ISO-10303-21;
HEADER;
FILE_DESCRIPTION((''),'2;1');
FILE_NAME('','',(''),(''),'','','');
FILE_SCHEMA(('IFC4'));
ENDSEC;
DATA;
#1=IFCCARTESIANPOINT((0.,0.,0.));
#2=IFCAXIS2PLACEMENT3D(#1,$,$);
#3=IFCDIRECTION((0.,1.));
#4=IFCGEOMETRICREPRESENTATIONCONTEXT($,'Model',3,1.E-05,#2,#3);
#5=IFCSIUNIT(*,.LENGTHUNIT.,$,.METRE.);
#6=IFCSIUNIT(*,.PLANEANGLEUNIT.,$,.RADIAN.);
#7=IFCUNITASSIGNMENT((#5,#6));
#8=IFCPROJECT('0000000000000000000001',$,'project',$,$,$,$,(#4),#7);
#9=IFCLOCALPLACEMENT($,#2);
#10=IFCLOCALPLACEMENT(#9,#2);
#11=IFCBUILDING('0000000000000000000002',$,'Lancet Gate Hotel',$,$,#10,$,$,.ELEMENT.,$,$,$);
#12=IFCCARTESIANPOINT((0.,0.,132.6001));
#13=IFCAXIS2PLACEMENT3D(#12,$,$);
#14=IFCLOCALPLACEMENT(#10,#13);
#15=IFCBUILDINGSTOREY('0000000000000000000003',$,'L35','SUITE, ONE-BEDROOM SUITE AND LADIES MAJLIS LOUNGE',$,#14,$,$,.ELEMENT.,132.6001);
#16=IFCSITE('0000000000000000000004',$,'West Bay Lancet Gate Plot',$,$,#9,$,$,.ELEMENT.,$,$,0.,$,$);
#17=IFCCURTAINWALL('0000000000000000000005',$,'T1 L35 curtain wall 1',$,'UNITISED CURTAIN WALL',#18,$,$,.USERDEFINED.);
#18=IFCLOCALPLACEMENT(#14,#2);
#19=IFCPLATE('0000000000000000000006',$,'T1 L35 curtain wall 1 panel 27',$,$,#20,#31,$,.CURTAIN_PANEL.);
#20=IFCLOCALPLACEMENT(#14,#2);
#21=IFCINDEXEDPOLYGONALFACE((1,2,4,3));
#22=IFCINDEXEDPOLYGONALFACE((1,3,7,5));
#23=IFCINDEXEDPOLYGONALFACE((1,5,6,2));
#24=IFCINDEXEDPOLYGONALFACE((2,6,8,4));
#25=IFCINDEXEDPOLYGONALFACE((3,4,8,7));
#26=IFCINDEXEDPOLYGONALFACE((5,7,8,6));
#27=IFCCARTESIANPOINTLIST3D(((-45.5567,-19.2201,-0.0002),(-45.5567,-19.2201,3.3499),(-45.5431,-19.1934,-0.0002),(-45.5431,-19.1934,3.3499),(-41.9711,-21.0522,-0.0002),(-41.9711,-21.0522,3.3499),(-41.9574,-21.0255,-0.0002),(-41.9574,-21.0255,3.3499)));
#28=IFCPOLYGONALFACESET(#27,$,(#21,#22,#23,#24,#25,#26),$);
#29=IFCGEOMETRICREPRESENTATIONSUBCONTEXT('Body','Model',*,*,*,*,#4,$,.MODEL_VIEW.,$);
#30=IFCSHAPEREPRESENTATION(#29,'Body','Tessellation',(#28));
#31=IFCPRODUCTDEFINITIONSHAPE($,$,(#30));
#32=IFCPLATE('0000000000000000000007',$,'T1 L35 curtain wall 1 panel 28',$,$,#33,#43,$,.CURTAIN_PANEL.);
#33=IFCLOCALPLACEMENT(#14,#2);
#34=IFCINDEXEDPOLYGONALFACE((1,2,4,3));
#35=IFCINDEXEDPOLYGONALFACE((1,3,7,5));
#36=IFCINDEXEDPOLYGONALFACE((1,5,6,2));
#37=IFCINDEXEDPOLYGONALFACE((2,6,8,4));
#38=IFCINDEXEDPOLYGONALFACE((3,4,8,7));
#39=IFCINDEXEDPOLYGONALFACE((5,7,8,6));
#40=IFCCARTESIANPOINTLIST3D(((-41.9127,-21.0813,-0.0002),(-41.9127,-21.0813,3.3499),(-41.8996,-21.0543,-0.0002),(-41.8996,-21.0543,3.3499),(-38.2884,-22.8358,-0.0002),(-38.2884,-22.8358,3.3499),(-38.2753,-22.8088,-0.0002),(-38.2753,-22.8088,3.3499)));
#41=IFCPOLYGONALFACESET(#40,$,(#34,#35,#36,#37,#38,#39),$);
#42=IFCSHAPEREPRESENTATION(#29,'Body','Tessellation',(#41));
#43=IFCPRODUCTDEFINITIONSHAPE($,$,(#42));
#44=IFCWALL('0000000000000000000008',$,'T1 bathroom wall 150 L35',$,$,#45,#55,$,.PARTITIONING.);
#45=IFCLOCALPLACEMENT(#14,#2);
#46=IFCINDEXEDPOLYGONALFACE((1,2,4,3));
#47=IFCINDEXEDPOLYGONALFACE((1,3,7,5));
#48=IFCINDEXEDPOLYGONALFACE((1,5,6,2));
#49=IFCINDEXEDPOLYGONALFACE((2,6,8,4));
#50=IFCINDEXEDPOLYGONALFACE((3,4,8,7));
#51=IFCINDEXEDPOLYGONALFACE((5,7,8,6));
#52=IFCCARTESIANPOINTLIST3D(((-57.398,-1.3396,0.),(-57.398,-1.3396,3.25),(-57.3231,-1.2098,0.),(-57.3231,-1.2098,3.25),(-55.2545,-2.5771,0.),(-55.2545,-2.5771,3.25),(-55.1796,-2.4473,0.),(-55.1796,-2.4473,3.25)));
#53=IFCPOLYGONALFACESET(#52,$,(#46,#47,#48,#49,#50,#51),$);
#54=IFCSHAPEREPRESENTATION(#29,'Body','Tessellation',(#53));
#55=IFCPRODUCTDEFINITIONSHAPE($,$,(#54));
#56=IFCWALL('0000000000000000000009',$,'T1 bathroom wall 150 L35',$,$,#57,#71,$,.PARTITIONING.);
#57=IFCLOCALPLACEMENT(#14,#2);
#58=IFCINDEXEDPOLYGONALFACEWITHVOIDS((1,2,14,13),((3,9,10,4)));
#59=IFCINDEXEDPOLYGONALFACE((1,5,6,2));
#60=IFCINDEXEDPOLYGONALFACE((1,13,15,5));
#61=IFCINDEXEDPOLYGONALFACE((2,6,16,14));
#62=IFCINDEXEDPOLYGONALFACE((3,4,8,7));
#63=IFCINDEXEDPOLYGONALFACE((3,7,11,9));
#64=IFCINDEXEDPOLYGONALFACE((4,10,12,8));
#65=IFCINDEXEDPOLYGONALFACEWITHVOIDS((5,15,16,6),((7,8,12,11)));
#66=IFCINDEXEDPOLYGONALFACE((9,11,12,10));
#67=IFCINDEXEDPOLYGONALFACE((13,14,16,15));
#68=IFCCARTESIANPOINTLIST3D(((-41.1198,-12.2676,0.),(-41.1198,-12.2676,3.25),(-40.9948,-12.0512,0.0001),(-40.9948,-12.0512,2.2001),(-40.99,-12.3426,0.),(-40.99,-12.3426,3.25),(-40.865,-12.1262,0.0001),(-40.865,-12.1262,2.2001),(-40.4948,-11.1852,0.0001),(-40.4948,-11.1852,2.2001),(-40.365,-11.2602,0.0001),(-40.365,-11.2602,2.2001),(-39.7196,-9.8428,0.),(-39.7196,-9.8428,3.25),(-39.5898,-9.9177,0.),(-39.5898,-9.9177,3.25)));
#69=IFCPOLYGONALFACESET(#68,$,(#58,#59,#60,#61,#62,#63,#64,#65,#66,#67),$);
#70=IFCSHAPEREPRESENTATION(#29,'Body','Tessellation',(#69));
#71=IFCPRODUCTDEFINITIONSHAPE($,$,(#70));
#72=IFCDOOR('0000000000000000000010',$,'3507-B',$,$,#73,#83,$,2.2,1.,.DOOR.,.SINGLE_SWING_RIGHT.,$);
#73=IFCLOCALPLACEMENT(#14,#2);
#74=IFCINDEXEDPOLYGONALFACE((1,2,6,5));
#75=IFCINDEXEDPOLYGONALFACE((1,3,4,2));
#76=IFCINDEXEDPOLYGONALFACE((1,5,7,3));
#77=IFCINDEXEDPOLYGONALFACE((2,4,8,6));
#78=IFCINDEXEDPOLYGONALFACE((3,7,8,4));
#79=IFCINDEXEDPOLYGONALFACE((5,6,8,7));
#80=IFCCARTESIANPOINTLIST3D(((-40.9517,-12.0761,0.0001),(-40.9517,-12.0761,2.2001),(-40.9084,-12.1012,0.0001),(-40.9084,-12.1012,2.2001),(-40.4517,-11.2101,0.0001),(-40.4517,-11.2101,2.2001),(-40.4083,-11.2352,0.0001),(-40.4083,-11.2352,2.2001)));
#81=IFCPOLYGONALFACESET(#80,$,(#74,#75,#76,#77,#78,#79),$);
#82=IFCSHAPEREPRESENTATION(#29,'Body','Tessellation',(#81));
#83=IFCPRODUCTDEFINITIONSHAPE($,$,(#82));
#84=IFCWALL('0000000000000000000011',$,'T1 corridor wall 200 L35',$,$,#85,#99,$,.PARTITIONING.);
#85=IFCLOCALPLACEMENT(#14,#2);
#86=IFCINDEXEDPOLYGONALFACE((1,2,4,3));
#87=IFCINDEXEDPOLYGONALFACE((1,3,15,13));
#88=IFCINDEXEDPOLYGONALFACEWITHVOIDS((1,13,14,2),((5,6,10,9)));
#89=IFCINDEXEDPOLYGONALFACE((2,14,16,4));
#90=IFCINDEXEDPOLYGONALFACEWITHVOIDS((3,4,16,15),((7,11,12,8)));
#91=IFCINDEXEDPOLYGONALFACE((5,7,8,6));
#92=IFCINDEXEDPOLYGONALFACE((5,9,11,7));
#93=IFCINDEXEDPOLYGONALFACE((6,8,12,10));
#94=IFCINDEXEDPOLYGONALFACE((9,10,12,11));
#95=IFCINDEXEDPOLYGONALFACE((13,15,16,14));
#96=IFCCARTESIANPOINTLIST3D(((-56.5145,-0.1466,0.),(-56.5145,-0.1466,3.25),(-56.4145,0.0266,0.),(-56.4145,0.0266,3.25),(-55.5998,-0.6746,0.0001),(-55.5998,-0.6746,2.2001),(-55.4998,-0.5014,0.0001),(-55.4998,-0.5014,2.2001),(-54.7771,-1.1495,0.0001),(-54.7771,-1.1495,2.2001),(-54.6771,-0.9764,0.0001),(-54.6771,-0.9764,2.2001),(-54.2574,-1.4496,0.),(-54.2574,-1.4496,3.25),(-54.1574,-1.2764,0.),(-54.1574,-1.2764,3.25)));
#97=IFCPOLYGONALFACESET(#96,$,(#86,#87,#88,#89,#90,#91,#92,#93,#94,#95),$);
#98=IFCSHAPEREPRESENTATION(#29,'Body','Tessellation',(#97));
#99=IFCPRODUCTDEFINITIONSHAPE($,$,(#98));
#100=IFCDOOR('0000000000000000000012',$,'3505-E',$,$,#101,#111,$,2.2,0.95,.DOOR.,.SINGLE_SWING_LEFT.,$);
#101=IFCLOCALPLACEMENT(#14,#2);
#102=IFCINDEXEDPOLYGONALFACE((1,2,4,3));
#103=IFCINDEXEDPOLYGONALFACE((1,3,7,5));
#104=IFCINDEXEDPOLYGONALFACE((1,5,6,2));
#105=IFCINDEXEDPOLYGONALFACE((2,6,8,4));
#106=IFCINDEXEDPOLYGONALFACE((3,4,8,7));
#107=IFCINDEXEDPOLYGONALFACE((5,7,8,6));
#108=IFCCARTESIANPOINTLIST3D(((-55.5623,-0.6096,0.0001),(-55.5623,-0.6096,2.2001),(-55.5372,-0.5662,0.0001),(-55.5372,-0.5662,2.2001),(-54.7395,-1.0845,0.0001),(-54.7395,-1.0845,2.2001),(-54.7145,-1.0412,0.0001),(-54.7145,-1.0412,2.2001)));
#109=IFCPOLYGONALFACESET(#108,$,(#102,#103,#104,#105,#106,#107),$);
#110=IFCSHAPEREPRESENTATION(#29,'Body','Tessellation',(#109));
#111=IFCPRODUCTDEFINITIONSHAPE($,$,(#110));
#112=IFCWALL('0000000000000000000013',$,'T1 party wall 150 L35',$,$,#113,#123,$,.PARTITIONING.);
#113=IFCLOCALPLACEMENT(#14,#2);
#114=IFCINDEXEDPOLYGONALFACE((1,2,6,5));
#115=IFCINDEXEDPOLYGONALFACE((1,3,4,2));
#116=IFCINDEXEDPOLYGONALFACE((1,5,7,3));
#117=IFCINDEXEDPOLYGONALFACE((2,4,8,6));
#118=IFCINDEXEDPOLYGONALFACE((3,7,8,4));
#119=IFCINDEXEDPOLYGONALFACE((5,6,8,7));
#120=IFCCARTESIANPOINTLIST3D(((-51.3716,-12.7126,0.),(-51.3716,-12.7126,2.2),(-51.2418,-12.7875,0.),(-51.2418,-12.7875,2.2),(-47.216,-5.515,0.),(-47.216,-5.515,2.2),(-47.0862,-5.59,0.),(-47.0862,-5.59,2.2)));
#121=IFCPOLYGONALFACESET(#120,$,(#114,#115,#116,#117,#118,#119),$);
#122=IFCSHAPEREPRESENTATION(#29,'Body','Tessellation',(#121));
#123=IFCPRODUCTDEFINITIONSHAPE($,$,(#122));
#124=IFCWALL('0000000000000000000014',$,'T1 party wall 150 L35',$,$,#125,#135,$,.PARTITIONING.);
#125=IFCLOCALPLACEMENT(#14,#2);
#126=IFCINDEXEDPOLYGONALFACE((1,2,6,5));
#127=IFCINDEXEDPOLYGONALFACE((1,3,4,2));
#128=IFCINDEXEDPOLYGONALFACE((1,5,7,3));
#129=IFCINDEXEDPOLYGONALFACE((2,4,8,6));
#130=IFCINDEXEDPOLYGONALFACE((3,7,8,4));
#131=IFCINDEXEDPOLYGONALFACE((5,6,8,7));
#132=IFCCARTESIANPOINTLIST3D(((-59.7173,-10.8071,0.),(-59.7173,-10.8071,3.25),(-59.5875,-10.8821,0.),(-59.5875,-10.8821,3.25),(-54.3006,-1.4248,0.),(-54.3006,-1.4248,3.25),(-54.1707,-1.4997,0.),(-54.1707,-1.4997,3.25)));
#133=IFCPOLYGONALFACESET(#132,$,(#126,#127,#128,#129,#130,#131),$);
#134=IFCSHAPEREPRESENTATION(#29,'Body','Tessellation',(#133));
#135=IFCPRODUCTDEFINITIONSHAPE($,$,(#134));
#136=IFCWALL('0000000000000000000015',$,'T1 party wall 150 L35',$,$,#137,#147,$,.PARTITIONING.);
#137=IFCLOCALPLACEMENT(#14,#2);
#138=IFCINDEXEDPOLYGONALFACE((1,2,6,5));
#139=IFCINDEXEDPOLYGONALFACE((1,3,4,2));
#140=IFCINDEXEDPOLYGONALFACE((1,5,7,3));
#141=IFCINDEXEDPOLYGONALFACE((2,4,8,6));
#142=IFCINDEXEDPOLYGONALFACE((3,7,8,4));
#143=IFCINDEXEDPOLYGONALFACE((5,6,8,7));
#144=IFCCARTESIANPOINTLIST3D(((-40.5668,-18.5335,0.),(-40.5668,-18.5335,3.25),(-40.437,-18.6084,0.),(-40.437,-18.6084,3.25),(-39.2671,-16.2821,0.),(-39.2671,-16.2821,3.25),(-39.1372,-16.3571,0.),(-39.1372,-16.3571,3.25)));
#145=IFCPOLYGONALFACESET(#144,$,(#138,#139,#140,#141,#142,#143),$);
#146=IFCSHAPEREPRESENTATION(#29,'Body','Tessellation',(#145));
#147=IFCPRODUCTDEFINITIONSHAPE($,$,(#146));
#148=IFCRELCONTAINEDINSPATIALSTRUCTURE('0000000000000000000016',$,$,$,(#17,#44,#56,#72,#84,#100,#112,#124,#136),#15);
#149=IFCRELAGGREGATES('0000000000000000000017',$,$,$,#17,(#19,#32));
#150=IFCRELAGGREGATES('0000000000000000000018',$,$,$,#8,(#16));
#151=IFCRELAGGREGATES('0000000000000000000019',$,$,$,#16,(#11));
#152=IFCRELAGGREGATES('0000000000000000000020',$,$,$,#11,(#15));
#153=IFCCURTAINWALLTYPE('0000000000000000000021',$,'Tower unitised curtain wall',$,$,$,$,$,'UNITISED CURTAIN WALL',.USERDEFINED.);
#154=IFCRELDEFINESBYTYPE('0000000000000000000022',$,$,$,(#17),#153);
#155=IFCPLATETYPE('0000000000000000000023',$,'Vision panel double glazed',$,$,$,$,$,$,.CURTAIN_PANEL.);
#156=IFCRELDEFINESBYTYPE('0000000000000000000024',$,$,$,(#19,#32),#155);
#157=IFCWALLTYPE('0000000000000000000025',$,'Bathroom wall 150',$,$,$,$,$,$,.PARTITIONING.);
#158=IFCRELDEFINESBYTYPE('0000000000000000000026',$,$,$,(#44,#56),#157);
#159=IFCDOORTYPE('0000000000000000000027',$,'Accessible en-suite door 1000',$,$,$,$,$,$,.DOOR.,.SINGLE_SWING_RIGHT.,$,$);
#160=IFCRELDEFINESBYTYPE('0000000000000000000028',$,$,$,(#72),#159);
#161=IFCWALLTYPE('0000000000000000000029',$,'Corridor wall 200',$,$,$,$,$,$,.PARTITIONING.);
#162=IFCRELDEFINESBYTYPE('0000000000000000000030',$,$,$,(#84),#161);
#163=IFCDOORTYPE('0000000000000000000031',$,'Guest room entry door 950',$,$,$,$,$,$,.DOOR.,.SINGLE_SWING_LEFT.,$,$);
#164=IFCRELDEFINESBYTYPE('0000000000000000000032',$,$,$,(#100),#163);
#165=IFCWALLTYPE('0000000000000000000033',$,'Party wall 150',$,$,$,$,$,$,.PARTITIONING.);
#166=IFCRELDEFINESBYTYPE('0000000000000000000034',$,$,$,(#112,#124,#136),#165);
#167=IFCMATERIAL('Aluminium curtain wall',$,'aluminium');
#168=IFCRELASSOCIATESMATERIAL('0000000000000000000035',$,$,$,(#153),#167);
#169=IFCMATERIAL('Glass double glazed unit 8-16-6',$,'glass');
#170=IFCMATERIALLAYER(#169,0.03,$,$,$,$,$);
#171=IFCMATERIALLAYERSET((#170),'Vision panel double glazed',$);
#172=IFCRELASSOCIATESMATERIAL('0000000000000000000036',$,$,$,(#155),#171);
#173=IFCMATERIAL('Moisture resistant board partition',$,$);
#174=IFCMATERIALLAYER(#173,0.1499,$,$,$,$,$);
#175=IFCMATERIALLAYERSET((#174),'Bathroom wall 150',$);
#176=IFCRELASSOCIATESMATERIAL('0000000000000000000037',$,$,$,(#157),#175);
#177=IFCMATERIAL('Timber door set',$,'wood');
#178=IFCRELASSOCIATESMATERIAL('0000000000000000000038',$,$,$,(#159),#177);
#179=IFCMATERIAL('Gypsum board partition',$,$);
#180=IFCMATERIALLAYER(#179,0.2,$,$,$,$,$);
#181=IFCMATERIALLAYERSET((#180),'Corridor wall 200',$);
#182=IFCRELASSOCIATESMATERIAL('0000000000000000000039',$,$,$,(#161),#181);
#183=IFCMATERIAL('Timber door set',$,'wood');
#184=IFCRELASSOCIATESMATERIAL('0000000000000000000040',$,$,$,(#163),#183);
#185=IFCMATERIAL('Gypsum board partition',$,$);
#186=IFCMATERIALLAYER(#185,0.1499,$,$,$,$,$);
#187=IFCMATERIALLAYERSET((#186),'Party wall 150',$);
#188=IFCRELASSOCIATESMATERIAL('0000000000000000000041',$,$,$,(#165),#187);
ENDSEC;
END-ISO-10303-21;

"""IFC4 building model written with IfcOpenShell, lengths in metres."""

from ifc_helpers import new_model, si_unit, direction, frame, frame_2d, origin, origin_2d, place, context, subcontext, project, spatial, rectangle, extrude, material, layer, layer_set, type_object, element, fill, aggregate, save


model = new_model("IFC4")

# Units and contexts
model_context = context("Model", 3, precision=1e-05, world=origin(), true_north=direction((0.0, 1.0)))
body_context = subcontext(model_context, "Body", "Model", "MODEL_VIEW")
ifc_project = project(units=[si_unit("LENGTHUNIT", "METRE"), si_unit("PLANEANGLEUNIT", "RADIAN")], contexts=[model_context])

# Site, building, storey
site_placement = place(None, origin())
site = spatial("IfcSite", under=ifc_project, at=site_placement, Name="West Bay Lancet Gate Plot", CompositionType="ELEMENT", RefElevation=0.0)
building_placement = place(site_placement, origin())
building = spatial("IfcBuilding", under=site, at=building_placement, Name="Lancet Gate Hotel", CompositionType="ELEMENT")
storey_placement = place(building_placement, frame((0.0, 0.0, 132.6001)))
storey = spatial("IfcBuildingStorey", under=building, at=storey_placement, Name="L35", Description="SUITE, ONE-BEDROOM SUITE AND LADIES MAJLIS LOUNGE", CompositionType="ELEMENT", Elevation=132.6001)

# Curtain wall
ifc_material_1 = material(Name="Aluminium curtain wall", Category="aluminium")
curtain_wall_type = type_object("IfcCurtainWallType", Name="Tower unitised curtain wall", ElementType="UNITISED CURTAIN WALL", PredefinedType="USERDEFINED", material=ifc_material_1)
curtain_wall_placement = place(storey_placement, origin())
curtain_wall = element("IfcCurtainWall", 1, at=curtain_wall_placement, inside=storey, type_object=curtain_wall_type, Name="T1 L35 curtain wall 1", ObjectType="UNITISED CURTAIN WALL", PredefinedType="USERDEFINED")

# Plates
ifc_material_2 = material(Name="Glass double glazed unit 8-16-6", Category="glass")
ifc_layer_1 = layer(ifc_material_2, 0.03)
ifc_layer_set_1 = layer_set([ifc_layer_1], Name="Vision panel double glazed")
plate_type = type_object("IfcPlateType", Name="Vision panel double glazed", PredefinedType="CURTAIN_PANEL", material=ifc_layer_set_1)
plate_1_placement = place(storey_placement, frame((-43.7571, -20.1228, -0.0002), z_axis=(0.0, 0.0, 1.0), x_axis=(0.890493, -0.454996, 0.0)))
plate_1 = element("IfcPlate", 2, at=plate_1_placement, type_object=plate_type, Name="T1 L35 curtain wall 1 panel 27", PredefinedType="CURTAIN_PANEL", context=body_context, shape_type="SweptSolid", body=[
    extrude(rectangle(XDim=4.0266, YDim=0.03, at=origin_2d()), origin(), (0.0, 0.0, 1.0), 3.3501),
])
plate_2_placement = place(storey_placement, frame((-40.094, -21.9451, -0.0002), z_axis=(0.0, 0.0, 1.0), x_axis=(0.900082, -0.435721, 0.0)))
plate_2 = element("IfcPlate", 3, at=plate_2_placement, type_object=plate_type, Name="T1 L35 curtain wall 1 panel 28", PredefinedType="CURTAIN_PANEL", context=body_context, shape_type="SweptSolid", body=[
    extrude(rectangle(XDim=4.0266, YDim=0.03, at=origin_2d()), origin(), (0.0, 0.0, 1.0), 3.3501),
])
aggregate(curtain_wall, [plate_1, plate_2])

# Wall
ifc_material_3 = material(Name="Moisture resistant board partition")
ifc_layer_2 = layer(ifc_material_3, 0.1499)
ifc_layer_set_2 = layer_set([ifc_layer_2], Name="Bathroom wall 150")
wall_type_1 = type_object("IfcWallType", Name="Bathroom wall 150", PredefinedType="PARTITIONING", material=ifc_layer_set_2)
wall_1_placement = place(storey_placement, frame((-55.217, -2.5122, 0.0), z_axis=(0.0, 0.0, 1.0), x_axis=(-0.866031, 0.49999, 0.0)))
element("IfcWall", 4, at=wall_1_placement, inside=storey, type_object=wall_type_1, Name="T1 bathroom wall 150 L35", PredefinedType="PARTITIONING", context=body_context, shape_type="SweptSolid", body=[
    extrude(rectangle(XDim=2.4751, YDim=0.1499, at=frame_2d((1.2375, 0.0))), origin(), (0.0, 0.0, 1.0), 3.25),
])

# Walls, openings, doors
wall_2_placement = place(storey_placement, frame((-39.6548, -9.8804, 0.0), z_axis=(0.0, 0.0, 1.0), x_axis=(-0.50005, -0.865997, 0.0)))
wall_2 = element("IfcWall", 5, at=wall_2_placement, inside=storey, type_object=wall_type_1, Name="T1 bathroom wall 150 L35", PredefinedType="PARTITIONING", context=body_context, shape_type="SweptSolid", body=[
    extrude(rectangle(XDim=2.8, YDim=0.1499, at=frame_2d((1.3999, 0.0))), origin(), (0.0, 0.0, 1.0), 3.25),
])
opening_1_placement = place(wall_2_placement, frame((1.55, 0.0, 0.0)))
opening_1 = element("IfcOpeningElement", 6, at=opening_1_placement, cuts=wall_2, PredefinedType="OPENING", context=body_context, shape_type="SweptSolid", body=[
    extrude(rectangle(XDim=1.0, YDim=2.2, at=frame_2d((0.5, 1.1001))), frame((0.0, 0.085, 0.0), z_axis=(0.0, -1.0, 0.0), x_axis=(1.0, 0.0, 0.0)), (0.0, 0.0, 1.0), 0.1699),
])
ifc_material_4 = material(Name="Timber door set", Category="wood")
door_type_1 = type_object("IfcDoorType", Name="Accessible en-suite door 1000", OperationType="SINGLE_SWING_RIGHT", PredefinedType="DOOR", material=ifc_material_4)
door_1_placement = place(opening_1_placement, origin())
door_1 = element("IfcDoor", 7, at=door_1_placement, inside=storey, type_object=door_type_1, Name="3507-B", OperationType="SINGLE_SWING_RIGHT", OverallHeight=2.2, OverallWidth=1.0, PredefinedType="DOOR", context=body_context, shape_type="SweptSolid", body=[
    extrude(rectangle(XDim=1.0, YDim=2.2, at=frame_2d((0.5, 1.1001))), frame((0.0, 0.0249, 0.0), z_axis=(0.0, -1.0, 0.0), x_axis=(1.0, 0.0, 0.0)), (0.0, 0.0, 1.0), 0.05),
])
fill(opening_1, door_1)
ifc_material_5 = material(Name="Gypsum board partition")
ifc_layer_3 = layer(ifc_material_5, 0.2)
ifc_layer_set_3 = layer_set([ifc_layer_3], Name="Corridor wall 200")
wall_type_2 = type_object("IfcWallType", Name="Corridor wall 200", PredefinedType="PARTITIONING", material=ifc_layer_set_3)
wall_3_placement = place(storey_placement, frame((-54.2073, -1.363, 0.0), z_axis=(0.0, 0.0, 1.0), x_axis=(-0.86605, 0.499958, 0.0)))
wall_3 = element("IfcWall", 8, at=wall_3_placement, inside=storey, type_object=wall_type_2, Name="T1 corridor wall 200 L35", PredefinedType="PARTITIONING", context=body_context, shape_type="SweptSolid", body=[
    extrude(rectangle(XDim=2.6062, YDim=0.2, at=frame_2d((1.3032, 0.0))), origin(), (0.0, 0.0, 1.0), 3.25),
])
opening_2_placement = place(wall_3_placement, frame((0.6001, 0.0, 0.0)))
opening_2 = element("IfcOpeningElement", 9, at=opening_2_placement, cuts=wall_3, PredefinedType="OPENING", context=body_context, shape_type="SweptSolid", body=[
    extrude(rectangle(XDim=0.95, YDim=2.2, at=frame_2d((0.4751, 1.1001))), frame((0.0, 0.1099, 0.0), z_axis=(0.0, -1.0, 0.0), x_axis=(1.0, 0.0, 0.0)), (0.0, 0.0, 1.0), 0.22),
])
ifc_material_6 = material(Name="Timber door set", Category="wood")
door_type_2 = type_object("IfcDoorType", Name="Guest room entry door 950", OperationType="SINGLE_SWING_LEFT", PredefinedType="DOOR", material=ifc_material_6)
door_2_placement = place(opening_2_placement, origin())
door_2 = element("IfcDoor", 10, at=door_2_placement, inside=storey, type_object=door_type_2, Name="3505-E", OperationType="SINGLE_SWING_LEFT", OverallHeight=2.2, OverallWidth=0.95, PredefinedType="DOOR", context=body_context, shape_type="SweptSolid", body=[
    extrude(rectangle(XDim=0.95, YDim=2.2, at=frame_2d((0.4751, 1.1001))), frame((0.0, 0.0249, 0.0), z_axis=(0.0, -1.0, 0.0), x_axis=(1.0, 0.0, 0.0)), (0.0, 0.0, 1.0), 0.05),
])
fill(opening_2, door_2)

# Walls
ifc_material_7 = material(Name="Gypsum board partition")
ifc_layer_4 = layer(ifc_material_7, 0.1499)
ifc_layer_set_4 = layer_set([ifc_layer_4], Name="Party wall 150")
wall_type_3 = type_object("IfcWallType", Name="Party wall 150", PredefinedType="PARTITIONING", material=ifc_layer_set_4)
wall_4_placement = place(storey_placement, frame((-47.1511, -5.5525, 0.0), z_axis=(0.0, 0.0, 1.0), x_axis=(-0.500003, -0.866024, 0.0)))
element("IfcWall", 11, at=wall_4_placement, inside=storey, type_object=wall_type_3, Name="T1 party wall 150 L35", PredefinedType="PARTITIONING", context=body_context, shape_type="SweptSolid", body=[
    extrude(rectangle(XDim=8.311, YDim=0.1499, at=frame_2d((4.1555, 0.0))), origin(), (0.0, 0.0, 1.0), 2.2),
])
wall_5_placement = place(storey_placement, frame((-54.2356, -1.4622, 0.0), z_axis=(0.0, 0.0, 1.0), x_axis=(-0.49999, -0.866031, 0.0)))
element("IfcWall", 12, at=wall_5_placement, inside=storey, type_object=wall_type_3, Name="T1 party wall 150 L35", PredefinedType="PARTITIONING", context=body_context, shape_type="SweptSolid", body=[
    extrude(rectangle(XDim=10.8337, YDim=0.1499, at=frame_2d((5.417, 0.0))), origin(), (0.0, 0.0, 1.0), 3.25),
])
wall_6_placement = place(storey_placement, frame((-39.2021, -16.3196, 0.0), z_axis=(0.0, 0.0, 1.0), x_axis=(-0.499977, -0.866039, 0.0)))
element("IfcWall", 13, at=wall_6_placement, inside=storey, type_object=wall_type_3, Name="T1 party wall 150 L35", PredefinedType="PARTITIONING", context=body_context, shape_type="SweptSolid", body=[
    extrude(rectangle(XDim=2.5996, YDim=0.1499, at=frame_2d((1.2998, 0.0))), origin(), (0.0, 0.0, 1.0), 3.25),
])

save(model, "model.ifc")
